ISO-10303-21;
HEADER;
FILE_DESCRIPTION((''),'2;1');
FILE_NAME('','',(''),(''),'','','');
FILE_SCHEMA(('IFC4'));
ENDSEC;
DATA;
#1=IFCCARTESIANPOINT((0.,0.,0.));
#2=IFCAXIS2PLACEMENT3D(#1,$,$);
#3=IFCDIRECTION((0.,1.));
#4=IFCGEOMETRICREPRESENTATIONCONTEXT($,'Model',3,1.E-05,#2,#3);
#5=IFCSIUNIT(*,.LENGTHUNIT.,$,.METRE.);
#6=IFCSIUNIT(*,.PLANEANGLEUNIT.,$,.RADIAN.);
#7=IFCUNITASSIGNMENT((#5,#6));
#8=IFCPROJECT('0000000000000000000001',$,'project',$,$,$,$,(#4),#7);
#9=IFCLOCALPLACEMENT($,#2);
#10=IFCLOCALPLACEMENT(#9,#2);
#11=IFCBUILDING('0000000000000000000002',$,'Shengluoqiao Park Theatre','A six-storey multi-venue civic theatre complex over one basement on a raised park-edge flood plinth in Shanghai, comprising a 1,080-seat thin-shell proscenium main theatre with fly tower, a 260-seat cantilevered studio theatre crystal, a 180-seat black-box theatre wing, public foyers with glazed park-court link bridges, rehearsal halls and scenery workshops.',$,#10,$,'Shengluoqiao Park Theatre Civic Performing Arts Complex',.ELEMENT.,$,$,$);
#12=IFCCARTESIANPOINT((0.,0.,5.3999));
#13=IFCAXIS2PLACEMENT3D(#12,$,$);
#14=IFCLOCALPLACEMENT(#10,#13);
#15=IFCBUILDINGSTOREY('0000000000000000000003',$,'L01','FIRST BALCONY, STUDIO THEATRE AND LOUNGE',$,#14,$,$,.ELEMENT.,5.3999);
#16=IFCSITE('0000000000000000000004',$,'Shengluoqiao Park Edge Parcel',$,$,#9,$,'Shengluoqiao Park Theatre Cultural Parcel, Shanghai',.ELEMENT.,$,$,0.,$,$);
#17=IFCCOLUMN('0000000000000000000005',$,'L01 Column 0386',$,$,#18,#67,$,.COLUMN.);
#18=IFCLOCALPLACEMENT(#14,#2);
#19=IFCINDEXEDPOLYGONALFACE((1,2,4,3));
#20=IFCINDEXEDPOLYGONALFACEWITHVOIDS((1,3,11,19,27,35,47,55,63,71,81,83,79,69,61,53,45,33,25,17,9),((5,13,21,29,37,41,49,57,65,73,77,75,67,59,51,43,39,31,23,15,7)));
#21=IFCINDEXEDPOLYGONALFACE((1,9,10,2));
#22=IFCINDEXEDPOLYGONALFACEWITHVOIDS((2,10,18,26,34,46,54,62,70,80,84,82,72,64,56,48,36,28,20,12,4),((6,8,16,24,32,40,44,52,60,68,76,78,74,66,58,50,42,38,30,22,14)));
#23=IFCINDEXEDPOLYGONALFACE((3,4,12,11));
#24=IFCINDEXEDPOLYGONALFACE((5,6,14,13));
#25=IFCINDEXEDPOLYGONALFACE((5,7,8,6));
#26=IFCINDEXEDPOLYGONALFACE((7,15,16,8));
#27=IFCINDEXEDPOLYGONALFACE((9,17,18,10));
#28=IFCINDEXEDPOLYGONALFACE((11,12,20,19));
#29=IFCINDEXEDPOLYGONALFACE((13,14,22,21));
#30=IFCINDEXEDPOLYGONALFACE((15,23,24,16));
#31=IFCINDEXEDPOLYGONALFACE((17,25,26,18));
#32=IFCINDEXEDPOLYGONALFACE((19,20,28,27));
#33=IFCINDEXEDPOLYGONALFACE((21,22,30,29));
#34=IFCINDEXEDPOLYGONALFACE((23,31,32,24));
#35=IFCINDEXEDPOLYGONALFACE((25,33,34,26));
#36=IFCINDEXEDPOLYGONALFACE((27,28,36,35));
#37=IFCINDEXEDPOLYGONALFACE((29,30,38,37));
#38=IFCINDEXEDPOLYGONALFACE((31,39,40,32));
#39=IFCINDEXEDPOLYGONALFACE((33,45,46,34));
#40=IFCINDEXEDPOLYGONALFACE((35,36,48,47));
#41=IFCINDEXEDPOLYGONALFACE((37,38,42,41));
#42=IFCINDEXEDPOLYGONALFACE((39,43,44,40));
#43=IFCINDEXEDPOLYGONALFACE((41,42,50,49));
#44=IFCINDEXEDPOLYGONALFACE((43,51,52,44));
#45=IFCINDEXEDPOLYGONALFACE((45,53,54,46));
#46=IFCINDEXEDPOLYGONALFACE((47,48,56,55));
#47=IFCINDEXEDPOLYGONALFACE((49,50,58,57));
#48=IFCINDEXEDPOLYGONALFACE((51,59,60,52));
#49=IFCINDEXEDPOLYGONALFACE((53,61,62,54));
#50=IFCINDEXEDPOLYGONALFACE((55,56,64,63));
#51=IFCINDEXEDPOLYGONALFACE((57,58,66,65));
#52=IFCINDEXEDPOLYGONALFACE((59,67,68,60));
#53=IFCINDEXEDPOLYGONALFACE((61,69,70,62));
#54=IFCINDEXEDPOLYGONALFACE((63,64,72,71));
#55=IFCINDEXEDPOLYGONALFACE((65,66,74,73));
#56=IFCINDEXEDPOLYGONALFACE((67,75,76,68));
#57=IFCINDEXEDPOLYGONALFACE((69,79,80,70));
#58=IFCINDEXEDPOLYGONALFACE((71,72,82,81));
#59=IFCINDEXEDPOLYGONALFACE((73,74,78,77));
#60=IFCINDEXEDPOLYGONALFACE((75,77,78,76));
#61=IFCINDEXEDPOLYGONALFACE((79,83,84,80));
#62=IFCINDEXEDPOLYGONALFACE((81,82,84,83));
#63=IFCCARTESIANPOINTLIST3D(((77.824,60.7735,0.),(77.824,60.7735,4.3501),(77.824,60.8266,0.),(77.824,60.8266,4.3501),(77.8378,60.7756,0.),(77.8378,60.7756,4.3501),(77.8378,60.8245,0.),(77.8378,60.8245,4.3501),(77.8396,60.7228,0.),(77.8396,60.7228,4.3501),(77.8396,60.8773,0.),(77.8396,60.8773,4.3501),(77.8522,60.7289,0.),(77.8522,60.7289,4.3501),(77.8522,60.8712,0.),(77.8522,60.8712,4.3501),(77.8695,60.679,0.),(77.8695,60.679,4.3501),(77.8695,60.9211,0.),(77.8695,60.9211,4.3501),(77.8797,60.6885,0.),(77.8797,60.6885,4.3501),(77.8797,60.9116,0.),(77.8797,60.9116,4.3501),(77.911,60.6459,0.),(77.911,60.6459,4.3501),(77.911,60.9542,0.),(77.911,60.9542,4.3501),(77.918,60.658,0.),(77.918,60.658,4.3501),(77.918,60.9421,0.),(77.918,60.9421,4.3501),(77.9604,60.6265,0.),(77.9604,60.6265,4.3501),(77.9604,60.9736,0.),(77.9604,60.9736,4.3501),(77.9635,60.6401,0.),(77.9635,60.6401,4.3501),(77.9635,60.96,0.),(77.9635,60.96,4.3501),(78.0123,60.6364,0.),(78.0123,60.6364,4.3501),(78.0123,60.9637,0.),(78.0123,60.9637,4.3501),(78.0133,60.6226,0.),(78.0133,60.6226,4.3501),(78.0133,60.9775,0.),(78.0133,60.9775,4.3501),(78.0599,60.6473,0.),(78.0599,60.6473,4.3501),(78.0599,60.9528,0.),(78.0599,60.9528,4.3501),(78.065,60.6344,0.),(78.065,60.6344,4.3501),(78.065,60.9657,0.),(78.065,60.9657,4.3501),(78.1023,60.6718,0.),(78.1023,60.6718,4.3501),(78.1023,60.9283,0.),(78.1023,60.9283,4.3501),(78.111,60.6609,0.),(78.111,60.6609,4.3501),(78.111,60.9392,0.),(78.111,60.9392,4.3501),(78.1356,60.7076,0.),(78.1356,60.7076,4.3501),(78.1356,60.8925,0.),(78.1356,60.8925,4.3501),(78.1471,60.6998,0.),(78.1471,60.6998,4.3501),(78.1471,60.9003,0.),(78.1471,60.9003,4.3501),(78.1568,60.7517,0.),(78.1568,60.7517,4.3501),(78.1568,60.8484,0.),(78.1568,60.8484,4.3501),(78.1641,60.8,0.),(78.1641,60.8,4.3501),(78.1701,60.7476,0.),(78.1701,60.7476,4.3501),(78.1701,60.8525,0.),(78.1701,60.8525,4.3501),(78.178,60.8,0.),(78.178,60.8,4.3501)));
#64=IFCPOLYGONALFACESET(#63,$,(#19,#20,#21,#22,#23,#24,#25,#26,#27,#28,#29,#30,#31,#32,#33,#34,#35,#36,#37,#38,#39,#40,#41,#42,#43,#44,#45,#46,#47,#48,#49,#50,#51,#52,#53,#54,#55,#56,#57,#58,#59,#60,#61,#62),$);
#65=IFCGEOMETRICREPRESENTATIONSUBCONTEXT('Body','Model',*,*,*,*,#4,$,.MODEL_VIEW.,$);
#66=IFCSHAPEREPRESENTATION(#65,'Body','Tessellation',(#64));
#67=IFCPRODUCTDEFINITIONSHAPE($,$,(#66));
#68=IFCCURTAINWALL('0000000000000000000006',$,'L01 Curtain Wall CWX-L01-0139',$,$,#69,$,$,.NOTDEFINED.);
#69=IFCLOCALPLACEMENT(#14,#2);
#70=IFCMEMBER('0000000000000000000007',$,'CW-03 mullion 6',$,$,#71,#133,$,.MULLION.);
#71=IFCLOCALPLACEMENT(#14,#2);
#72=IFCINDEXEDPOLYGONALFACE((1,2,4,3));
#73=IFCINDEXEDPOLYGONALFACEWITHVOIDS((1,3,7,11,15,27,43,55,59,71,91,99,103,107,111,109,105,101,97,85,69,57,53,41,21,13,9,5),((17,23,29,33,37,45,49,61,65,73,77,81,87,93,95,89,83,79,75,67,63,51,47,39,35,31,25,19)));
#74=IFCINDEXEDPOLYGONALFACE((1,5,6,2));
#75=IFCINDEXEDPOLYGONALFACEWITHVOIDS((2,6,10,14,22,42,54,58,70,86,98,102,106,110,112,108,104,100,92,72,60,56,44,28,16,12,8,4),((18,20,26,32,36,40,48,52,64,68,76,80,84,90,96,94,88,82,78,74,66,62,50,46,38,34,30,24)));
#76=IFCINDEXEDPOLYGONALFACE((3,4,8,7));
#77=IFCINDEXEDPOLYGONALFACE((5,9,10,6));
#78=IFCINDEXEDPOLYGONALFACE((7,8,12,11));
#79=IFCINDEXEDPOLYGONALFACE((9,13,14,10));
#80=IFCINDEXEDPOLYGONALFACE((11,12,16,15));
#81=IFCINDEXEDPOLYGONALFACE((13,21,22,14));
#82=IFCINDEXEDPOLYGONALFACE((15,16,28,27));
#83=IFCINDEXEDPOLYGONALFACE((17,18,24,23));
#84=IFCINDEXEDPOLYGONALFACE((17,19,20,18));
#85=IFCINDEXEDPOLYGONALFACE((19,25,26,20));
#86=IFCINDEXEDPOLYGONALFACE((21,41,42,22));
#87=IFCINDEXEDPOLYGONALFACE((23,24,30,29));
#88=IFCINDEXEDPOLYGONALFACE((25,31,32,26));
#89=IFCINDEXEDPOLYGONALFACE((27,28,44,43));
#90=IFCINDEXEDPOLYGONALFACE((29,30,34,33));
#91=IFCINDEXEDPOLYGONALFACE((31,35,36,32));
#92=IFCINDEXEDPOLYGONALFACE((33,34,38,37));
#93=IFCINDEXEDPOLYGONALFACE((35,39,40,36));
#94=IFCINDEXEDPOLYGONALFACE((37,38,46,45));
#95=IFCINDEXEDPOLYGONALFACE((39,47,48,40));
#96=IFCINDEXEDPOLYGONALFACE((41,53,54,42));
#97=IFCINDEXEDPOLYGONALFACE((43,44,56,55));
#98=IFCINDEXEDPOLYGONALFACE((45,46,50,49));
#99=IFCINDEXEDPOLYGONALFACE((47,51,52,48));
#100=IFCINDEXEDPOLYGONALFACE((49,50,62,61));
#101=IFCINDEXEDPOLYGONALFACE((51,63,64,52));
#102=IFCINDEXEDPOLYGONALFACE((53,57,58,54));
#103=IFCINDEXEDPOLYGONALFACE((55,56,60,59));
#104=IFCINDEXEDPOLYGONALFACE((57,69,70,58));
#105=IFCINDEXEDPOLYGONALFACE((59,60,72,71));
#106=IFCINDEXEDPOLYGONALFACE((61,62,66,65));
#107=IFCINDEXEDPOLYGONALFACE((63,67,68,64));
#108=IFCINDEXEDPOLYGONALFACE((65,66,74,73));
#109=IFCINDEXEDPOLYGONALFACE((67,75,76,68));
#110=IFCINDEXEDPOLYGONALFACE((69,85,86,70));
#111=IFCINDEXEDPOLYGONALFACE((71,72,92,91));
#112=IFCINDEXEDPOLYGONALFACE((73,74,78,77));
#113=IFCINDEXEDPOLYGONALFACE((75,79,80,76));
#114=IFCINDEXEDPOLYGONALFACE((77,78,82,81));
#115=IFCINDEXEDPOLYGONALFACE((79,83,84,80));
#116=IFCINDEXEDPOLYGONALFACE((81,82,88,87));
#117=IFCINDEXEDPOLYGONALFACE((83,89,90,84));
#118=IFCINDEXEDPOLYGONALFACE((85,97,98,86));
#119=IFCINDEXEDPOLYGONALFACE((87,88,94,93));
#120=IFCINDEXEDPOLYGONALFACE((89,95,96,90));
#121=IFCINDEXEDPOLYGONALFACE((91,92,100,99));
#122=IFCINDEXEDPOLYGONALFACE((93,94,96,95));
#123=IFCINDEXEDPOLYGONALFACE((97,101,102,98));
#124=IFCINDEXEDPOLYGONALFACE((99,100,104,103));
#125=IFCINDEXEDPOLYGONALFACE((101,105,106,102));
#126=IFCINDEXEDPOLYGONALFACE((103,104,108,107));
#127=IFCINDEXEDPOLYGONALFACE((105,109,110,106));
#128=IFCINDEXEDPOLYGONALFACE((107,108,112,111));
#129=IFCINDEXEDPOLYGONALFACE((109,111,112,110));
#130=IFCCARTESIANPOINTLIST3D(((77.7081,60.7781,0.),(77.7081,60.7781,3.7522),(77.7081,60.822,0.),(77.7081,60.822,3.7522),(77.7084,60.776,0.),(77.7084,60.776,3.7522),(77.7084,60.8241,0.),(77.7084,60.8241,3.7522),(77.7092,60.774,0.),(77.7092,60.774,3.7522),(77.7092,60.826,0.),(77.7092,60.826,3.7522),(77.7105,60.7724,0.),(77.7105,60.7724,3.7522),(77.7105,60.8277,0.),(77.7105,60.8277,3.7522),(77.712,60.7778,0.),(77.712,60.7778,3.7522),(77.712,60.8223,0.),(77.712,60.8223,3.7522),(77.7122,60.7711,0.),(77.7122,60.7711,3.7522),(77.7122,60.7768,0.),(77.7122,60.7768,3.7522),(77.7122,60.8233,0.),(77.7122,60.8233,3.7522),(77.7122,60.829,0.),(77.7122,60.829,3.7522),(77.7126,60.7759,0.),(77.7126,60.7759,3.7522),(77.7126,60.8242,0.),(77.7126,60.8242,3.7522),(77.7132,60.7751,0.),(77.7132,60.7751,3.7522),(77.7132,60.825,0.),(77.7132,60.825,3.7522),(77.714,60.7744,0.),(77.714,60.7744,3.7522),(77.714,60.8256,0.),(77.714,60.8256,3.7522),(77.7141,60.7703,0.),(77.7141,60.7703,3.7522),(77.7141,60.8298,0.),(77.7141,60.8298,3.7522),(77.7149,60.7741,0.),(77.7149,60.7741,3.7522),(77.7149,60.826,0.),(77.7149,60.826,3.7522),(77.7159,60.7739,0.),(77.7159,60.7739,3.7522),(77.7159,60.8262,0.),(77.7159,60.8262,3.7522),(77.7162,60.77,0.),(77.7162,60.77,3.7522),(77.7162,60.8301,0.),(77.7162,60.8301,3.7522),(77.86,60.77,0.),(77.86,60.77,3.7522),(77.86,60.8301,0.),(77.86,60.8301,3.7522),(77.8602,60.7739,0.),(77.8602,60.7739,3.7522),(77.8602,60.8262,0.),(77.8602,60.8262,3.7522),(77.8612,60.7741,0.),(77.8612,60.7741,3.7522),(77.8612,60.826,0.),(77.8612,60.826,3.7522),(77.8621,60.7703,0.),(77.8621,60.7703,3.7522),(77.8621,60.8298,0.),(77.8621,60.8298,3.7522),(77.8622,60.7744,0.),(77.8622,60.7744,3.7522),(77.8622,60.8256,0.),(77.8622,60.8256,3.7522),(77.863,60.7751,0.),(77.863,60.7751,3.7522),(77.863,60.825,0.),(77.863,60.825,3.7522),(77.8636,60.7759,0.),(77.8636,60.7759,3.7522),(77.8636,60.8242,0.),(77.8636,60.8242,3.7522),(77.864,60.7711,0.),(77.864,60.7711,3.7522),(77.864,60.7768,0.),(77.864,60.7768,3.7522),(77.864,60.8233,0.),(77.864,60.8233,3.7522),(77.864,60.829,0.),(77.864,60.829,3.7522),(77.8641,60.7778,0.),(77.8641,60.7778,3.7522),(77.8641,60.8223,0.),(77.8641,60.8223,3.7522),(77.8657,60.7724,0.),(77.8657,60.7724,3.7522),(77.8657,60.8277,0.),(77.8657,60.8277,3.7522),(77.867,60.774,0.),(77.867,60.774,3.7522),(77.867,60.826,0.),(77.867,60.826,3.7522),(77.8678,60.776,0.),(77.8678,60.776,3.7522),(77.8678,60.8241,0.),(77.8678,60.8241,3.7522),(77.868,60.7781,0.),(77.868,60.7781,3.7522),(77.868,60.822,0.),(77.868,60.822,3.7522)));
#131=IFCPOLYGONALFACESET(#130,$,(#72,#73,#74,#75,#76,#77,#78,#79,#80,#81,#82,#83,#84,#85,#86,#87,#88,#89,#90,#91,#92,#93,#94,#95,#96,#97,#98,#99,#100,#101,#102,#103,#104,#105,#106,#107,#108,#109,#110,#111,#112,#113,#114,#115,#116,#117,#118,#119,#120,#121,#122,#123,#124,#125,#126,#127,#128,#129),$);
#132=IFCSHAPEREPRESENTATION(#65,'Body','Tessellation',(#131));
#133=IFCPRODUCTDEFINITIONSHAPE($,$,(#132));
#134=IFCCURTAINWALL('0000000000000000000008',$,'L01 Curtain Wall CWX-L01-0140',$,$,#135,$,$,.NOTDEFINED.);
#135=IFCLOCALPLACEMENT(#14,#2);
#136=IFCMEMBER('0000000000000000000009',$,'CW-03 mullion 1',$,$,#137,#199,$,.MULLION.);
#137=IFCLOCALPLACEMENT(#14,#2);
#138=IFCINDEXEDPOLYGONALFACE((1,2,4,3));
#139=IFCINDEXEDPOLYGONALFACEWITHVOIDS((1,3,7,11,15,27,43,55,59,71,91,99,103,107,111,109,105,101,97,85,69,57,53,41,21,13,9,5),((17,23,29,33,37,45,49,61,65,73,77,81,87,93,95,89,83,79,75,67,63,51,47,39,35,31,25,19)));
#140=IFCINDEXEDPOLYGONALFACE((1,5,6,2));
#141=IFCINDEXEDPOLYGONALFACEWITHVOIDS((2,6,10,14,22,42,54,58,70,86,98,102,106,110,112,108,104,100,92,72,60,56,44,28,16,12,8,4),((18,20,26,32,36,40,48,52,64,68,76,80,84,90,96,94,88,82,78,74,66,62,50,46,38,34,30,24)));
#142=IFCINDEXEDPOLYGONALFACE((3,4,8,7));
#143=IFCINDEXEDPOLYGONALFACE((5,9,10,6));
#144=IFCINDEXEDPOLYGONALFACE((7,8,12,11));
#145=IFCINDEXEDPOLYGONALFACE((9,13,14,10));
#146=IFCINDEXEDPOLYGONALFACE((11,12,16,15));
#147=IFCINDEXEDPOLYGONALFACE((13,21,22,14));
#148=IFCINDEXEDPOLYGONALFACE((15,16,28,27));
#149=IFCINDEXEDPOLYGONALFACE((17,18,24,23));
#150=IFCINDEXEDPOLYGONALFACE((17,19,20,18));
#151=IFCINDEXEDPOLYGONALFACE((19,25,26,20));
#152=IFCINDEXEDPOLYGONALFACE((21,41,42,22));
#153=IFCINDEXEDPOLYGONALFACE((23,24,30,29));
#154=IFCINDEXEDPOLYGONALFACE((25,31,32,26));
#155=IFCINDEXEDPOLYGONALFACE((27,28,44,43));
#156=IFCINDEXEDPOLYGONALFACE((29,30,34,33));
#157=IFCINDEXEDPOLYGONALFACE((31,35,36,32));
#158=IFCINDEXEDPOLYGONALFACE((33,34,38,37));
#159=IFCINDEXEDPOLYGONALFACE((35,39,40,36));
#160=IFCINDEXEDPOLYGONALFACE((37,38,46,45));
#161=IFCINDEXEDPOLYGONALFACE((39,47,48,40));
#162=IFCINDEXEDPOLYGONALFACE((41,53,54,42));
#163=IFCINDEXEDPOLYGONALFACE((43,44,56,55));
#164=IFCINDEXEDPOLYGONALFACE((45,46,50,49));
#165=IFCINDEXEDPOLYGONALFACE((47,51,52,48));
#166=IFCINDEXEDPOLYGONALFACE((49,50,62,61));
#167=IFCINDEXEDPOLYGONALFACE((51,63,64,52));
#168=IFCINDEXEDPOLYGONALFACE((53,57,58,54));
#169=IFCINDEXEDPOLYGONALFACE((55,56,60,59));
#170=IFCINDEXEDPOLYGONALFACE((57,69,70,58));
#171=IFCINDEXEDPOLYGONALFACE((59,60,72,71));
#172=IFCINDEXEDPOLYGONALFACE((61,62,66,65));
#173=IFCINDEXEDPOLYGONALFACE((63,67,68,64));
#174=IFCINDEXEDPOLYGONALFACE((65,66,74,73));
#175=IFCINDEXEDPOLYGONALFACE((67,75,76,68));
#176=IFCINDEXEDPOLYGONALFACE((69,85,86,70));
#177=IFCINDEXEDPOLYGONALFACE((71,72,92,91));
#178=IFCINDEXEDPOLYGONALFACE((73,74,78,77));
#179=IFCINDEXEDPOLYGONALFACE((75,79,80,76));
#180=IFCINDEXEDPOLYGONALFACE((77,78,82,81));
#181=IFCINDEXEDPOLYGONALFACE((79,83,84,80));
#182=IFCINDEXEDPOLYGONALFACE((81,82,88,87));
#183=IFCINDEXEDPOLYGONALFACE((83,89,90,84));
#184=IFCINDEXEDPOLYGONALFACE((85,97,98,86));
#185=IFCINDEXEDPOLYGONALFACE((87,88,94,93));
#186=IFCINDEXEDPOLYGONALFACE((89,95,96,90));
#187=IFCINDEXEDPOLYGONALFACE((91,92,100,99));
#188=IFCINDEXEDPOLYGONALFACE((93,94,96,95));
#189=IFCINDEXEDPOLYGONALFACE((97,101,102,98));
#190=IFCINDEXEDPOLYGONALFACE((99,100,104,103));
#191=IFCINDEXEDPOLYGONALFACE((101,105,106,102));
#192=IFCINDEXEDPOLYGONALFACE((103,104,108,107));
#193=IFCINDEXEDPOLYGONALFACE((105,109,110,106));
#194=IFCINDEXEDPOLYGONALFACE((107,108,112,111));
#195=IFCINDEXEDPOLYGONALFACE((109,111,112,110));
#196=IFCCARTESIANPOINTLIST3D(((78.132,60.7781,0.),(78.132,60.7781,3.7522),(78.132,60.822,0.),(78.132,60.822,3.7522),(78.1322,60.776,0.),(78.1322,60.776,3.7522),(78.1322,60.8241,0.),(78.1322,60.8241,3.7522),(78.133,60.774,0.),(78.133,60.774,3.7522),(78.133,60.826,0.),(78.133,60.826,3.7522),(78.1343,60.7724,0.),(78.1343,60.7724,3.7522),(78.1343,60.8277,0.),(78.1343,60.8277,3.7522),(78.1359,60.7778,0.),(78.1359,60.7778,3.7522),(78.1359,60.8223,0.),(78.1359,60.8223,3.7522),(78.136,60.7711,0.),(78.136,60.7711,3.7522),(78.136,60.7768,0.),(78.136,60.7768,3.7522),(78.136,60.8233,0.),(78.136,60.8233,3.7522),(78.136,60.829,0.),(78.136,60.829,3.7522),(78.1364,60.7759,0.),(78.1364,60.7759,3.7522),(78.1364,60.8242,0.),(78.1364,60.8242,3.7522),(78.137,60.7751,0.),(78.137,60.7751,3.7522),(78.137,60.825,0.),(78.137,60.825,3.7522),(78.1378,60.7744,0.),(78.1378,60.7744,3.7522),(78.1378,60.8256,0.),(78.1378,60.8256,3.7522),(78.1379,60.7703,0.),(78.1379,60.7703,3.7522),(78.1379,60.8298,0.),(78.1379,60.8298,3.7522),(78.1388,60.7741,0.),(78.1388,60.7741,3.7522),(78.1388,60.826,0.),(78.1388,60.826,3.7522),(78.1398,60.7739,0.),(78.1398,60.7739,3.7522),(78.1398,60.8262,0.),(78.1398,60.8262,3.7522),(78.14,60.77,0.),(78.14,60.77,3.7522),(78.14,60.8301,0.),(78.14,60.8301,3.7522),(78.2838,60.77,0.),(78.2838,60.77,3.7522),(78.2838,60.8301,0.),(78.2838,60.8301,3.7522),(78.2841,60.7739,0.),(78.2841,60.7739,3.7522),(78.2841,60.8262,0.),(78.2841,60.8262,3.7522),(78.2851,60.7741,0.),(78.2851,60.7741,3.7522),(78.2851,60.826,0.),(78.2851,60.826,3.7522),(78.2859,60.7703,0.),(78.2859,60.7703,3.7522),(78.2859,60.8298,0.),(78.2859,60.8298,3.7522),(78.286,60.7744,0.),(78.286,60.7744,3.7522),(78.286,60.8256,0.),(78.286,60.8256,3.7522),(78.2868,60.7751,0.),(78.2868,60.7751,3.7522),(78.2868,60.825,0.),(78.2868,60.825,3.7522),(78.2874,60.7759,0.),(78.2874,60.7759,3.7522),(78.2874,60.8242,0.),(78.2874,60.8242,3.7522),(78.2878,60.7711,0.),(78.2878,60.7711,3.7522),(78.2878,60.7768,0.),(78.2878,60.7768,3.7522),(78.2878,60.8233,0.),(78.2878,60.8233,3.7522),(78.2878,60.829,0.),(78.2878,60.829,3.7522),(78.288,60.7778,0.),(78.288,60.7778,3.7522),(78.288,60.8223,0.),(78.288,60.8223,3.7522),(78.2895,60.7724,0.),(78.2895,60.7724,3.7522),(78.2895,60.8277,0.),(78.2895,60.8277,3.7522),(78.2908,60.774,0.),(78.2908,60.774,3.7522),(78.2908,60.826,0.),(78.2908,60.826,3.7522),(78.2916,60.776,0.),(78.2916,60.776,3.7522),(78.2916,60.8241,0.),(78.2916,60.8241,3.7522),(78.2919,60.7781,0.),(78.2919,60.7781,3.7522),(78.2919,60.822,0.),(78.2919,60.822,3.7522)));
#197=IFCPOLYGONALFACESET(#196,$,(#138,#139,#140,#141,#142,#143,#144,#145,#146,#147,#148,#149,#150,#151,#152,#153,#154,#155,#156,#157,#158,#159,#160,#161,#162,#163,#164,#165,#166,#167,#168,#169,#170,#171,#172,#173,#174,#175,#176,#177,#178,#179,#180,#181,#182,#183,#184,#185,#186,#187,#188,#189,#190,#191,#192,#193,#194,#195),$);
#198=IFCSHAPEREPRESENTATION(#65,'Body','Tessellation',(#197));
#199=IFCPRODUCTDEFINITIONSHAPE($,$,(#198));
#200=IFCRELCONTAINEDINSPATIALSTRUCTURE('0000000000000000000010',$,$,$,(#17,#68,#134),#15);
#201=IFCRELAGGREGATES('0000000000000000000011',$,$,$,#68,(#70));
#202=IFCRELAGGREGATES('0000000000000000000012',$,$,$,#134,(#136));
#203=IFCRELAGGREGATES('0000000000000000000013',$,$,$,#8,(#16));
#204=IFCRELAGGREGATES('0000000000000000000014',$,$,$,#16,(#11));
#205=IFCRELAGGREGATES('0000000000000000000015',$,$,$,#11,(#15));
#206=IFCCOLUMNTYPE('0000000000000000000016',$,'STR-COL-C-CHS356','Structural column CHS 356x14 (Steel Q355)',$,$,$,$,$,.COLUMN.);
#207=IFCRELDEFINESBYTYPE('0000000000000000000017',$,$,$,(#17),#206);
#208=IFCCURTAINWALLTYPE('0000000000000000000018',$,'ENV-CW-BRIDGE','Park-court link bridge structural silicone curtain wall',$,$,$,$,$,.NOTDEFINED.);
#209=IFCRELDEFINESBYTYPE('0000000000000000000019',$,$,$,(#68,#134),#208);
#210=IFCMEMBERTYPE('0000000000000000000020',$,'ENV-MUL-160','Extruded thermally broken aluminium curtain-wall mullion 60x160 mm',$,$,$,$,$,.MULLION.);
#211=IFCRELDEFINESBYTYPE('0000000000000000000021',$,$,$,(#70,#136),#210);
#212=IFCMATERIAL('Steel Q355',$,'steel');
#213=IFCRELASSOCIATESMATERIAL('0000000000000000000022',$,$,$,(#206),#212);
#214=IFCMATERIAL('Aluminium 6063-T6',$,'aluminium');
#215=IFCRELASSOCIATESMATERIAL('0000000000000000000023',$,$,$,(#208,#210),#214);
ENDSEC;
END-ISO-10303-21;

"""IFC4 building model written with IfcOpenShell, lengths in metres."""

from ifc_helpers import new_model, si_unit, direction, frame, origin, origin_2d, place, context, subcontext, project, spatial, hollow_rectangle, hollow_circle, extrude, material, material_profile, profile_set, type_object, element, aggregate, save


model = new_model("IFC4")

# Units and contexts
model_context = context("Model", 3, precision=1e-05, world=origin(), true_north=direction((0.0, 1.0)))
body_context = subcontext(model_context, "Body", "Model", "MODEL_VIEW")
ifc_project = project(units=[si_unit("LENGTHUNIT", "METRE"), si_unit("PLANEANGLEUNIT", "RADIAN")], contexts=[model_context])

# Site, building, storey
site_placement = place(None, origin())
site = spatial("IfcSite", under=ifc_project, at=site_placement, Name="Shengluoqiao Park Edge Parcel", LongName="Shengluoqiao Park Theatre Cultural Parcel, Shanghai", CompositionType="ELEMENT", RefElevation=0.0)
building_placement = place(site_placement, origin())
building = spatial("IfcBuilding", under=site, at=building_placement, Name="Shengluoqiao Park Theatre", Description="A six-storey multi-venue civic theatre complex over one basement on a raised park-edge flood plinth in Shanghai, comprising a 1,080-seat thin-shell proscenium main theatre with fly tower, a 260-seat cantilevered studio theatre crystal, a 180-seat black-box theatre wing, public foyers with glazed park-court link bridges, rehearsal halls and scenery workshops.", LongName="Shengluoqiao Park Theatre Civic Performing Arts Complex", CompositionType="ELEMENT")
storey_placement = place(building_placement, frame((0.0, 0.0, 5.3999)))
storey = spatial("IfcBuildingStorey", under=building, at=storey_placement, Name="L01", Description="FIRST BALCONY, STUDIO THEATRE AND LOUNGE", CompositionType="ELEMENT", Elevation=5.3999)

# Column
ifc_material_1 = material(Name="Steel Q355", Category="steel")
ifc_material_profile_1 = material_profile(ifc_material_1, hollow_circle(Radius=0.178, WallThickness=0.0139, at=origin_2d()), Name="CHS 356x14")
ifc_profile_set_1 = profile_set([ifc_material_profile_1], Name="Steel Q355")
column_type = type_object("IfcColumnType", Name="STR-COL-C-CHS356", Description="Structural column CHS 356x14 (Steel Q355)", PredefinedType="COLUMN", material=ifc_profile_set_1)
column_placement = place(storey_placement, frame((78.0, 60.8, 0.0), z_axis=(0.0, 0.0, 1.0), x_axis=(1.0, 0.0, 0.0)))
element("IfcColumn", 1, at=column_placement, inside=storey, type_object=column_type, Name="L01 Column 0386", PredefinedType="COLUMN", context=body_context, shape_type="SweptSolid", body=[
    extrude(hollow_circle(Radius=0.178, WallThickness=0.0139, at=origin_2d()), origin(), (0.0, 0.0, 1.0), 4.3501),
])

# Curtain wall, member
ifc_material_2 = material(Name="Aluminium 6063-T6", Category="aluminium")
curtain_wall_type = type_object("IfcCurtainWallType", Name="ENV-CW-BRIDGE", Description="Park-court link bridge structural silicone curtain wall", PredefinedType="NOTDEFINED", material=ifc_material_2)
curtain_wall_1_placement = place(storey_placement, origin())
curtain_wall_1 = element("IfcCurtainWall", 2, at=curtain_wall_1_placement, inside=storey, type_object=curtain_wall_type, Name="L01 Curtain Wall CWX-L01-0139", PredefinedType="NOTDEFINED")
ifc_material_profile_2 = material_profile(ifc_material_2, hollow_rectangle(XDim=0.0601, YDim=0.1599, WallThickness=0.0039, InnerFilletRadius=0.0039, OuterFilletRadius=0.0081, at=origin_2d()), Name="ALU MULLION 160x60x4")
ifc_profile_set_2 = profile_set([ifc_material_profile_2], Name="Aluminium 6063-T6")
member_type_1 = type_object("IfcMemberType", Name="ENV-MUL-160", Description="Extruded thermally broken aluminium curtain-wall mullion 60x160 mm", PredefinedType="MULLION", material=ifc_profile_set_2)
member_1_placement = place(storey_placement, frame((77.7881, 60.8, 0.0), z_axis=(0.0, 0.0, 1.0), x_axis=(0.0, 1.0, 0.0)))
member_1 = element("IfcMember", 3, at=member_1_placement, type_object=member_type_1, Name="CW-03 mullion 6", PredefinedType="MULLION", context=body_context, shape_type="SweptSolid", body=[
    extrude(hollow_rectangle(XDim=0.0601, YDim=0.1599, WallThickness=0.0039, InnerFilletRadius=0.0039, OuterFilletRadius=0.0081, at=origin_2d()), origin(), (0.0, 0.0, 1.0), 3.7522),
])

# Curtain wall, member
curtain_wall_2_placement = place(storey_placement, origin())
curtain_wall_2 = element("IfcCurtainWall", 4, at=curtain_wall_2_placement, inside=storey, type_object=curtain_wall_type, Name="L01 Curtain Wall CWX-L01-0140", PredefinedType="NOTDEFINED")
member_2_placement = place(storey_placement, frame((78.2119, 60.8, 0.0), z_axis=(0.0, 0.0, 1.0), x_axis=(0.0, 1.0, 0.0)))
member_2 = element("IfcMember", 5, at=member_2_placement, type_object=member_type_1, Name="CW-03 mullion 1", PredefinedType="MULLION", context=body_context, shape_type="SweptSolid", body=[
    extrude(hollow_rectangle(XDim=0.0601, YDim=0.1599, WallThickness=0.0039, InnerFilletRadius=0.0039, OuterFilletRadius=0.0081, at=origin_2d()), origin(), (0.0, 0.0, 1.0), 3.7522),
])

aggregate(curtain_wall_1, [member_1])
aggregate(curtain_wall_2, [member_2])

save(model, "model.ifc")
